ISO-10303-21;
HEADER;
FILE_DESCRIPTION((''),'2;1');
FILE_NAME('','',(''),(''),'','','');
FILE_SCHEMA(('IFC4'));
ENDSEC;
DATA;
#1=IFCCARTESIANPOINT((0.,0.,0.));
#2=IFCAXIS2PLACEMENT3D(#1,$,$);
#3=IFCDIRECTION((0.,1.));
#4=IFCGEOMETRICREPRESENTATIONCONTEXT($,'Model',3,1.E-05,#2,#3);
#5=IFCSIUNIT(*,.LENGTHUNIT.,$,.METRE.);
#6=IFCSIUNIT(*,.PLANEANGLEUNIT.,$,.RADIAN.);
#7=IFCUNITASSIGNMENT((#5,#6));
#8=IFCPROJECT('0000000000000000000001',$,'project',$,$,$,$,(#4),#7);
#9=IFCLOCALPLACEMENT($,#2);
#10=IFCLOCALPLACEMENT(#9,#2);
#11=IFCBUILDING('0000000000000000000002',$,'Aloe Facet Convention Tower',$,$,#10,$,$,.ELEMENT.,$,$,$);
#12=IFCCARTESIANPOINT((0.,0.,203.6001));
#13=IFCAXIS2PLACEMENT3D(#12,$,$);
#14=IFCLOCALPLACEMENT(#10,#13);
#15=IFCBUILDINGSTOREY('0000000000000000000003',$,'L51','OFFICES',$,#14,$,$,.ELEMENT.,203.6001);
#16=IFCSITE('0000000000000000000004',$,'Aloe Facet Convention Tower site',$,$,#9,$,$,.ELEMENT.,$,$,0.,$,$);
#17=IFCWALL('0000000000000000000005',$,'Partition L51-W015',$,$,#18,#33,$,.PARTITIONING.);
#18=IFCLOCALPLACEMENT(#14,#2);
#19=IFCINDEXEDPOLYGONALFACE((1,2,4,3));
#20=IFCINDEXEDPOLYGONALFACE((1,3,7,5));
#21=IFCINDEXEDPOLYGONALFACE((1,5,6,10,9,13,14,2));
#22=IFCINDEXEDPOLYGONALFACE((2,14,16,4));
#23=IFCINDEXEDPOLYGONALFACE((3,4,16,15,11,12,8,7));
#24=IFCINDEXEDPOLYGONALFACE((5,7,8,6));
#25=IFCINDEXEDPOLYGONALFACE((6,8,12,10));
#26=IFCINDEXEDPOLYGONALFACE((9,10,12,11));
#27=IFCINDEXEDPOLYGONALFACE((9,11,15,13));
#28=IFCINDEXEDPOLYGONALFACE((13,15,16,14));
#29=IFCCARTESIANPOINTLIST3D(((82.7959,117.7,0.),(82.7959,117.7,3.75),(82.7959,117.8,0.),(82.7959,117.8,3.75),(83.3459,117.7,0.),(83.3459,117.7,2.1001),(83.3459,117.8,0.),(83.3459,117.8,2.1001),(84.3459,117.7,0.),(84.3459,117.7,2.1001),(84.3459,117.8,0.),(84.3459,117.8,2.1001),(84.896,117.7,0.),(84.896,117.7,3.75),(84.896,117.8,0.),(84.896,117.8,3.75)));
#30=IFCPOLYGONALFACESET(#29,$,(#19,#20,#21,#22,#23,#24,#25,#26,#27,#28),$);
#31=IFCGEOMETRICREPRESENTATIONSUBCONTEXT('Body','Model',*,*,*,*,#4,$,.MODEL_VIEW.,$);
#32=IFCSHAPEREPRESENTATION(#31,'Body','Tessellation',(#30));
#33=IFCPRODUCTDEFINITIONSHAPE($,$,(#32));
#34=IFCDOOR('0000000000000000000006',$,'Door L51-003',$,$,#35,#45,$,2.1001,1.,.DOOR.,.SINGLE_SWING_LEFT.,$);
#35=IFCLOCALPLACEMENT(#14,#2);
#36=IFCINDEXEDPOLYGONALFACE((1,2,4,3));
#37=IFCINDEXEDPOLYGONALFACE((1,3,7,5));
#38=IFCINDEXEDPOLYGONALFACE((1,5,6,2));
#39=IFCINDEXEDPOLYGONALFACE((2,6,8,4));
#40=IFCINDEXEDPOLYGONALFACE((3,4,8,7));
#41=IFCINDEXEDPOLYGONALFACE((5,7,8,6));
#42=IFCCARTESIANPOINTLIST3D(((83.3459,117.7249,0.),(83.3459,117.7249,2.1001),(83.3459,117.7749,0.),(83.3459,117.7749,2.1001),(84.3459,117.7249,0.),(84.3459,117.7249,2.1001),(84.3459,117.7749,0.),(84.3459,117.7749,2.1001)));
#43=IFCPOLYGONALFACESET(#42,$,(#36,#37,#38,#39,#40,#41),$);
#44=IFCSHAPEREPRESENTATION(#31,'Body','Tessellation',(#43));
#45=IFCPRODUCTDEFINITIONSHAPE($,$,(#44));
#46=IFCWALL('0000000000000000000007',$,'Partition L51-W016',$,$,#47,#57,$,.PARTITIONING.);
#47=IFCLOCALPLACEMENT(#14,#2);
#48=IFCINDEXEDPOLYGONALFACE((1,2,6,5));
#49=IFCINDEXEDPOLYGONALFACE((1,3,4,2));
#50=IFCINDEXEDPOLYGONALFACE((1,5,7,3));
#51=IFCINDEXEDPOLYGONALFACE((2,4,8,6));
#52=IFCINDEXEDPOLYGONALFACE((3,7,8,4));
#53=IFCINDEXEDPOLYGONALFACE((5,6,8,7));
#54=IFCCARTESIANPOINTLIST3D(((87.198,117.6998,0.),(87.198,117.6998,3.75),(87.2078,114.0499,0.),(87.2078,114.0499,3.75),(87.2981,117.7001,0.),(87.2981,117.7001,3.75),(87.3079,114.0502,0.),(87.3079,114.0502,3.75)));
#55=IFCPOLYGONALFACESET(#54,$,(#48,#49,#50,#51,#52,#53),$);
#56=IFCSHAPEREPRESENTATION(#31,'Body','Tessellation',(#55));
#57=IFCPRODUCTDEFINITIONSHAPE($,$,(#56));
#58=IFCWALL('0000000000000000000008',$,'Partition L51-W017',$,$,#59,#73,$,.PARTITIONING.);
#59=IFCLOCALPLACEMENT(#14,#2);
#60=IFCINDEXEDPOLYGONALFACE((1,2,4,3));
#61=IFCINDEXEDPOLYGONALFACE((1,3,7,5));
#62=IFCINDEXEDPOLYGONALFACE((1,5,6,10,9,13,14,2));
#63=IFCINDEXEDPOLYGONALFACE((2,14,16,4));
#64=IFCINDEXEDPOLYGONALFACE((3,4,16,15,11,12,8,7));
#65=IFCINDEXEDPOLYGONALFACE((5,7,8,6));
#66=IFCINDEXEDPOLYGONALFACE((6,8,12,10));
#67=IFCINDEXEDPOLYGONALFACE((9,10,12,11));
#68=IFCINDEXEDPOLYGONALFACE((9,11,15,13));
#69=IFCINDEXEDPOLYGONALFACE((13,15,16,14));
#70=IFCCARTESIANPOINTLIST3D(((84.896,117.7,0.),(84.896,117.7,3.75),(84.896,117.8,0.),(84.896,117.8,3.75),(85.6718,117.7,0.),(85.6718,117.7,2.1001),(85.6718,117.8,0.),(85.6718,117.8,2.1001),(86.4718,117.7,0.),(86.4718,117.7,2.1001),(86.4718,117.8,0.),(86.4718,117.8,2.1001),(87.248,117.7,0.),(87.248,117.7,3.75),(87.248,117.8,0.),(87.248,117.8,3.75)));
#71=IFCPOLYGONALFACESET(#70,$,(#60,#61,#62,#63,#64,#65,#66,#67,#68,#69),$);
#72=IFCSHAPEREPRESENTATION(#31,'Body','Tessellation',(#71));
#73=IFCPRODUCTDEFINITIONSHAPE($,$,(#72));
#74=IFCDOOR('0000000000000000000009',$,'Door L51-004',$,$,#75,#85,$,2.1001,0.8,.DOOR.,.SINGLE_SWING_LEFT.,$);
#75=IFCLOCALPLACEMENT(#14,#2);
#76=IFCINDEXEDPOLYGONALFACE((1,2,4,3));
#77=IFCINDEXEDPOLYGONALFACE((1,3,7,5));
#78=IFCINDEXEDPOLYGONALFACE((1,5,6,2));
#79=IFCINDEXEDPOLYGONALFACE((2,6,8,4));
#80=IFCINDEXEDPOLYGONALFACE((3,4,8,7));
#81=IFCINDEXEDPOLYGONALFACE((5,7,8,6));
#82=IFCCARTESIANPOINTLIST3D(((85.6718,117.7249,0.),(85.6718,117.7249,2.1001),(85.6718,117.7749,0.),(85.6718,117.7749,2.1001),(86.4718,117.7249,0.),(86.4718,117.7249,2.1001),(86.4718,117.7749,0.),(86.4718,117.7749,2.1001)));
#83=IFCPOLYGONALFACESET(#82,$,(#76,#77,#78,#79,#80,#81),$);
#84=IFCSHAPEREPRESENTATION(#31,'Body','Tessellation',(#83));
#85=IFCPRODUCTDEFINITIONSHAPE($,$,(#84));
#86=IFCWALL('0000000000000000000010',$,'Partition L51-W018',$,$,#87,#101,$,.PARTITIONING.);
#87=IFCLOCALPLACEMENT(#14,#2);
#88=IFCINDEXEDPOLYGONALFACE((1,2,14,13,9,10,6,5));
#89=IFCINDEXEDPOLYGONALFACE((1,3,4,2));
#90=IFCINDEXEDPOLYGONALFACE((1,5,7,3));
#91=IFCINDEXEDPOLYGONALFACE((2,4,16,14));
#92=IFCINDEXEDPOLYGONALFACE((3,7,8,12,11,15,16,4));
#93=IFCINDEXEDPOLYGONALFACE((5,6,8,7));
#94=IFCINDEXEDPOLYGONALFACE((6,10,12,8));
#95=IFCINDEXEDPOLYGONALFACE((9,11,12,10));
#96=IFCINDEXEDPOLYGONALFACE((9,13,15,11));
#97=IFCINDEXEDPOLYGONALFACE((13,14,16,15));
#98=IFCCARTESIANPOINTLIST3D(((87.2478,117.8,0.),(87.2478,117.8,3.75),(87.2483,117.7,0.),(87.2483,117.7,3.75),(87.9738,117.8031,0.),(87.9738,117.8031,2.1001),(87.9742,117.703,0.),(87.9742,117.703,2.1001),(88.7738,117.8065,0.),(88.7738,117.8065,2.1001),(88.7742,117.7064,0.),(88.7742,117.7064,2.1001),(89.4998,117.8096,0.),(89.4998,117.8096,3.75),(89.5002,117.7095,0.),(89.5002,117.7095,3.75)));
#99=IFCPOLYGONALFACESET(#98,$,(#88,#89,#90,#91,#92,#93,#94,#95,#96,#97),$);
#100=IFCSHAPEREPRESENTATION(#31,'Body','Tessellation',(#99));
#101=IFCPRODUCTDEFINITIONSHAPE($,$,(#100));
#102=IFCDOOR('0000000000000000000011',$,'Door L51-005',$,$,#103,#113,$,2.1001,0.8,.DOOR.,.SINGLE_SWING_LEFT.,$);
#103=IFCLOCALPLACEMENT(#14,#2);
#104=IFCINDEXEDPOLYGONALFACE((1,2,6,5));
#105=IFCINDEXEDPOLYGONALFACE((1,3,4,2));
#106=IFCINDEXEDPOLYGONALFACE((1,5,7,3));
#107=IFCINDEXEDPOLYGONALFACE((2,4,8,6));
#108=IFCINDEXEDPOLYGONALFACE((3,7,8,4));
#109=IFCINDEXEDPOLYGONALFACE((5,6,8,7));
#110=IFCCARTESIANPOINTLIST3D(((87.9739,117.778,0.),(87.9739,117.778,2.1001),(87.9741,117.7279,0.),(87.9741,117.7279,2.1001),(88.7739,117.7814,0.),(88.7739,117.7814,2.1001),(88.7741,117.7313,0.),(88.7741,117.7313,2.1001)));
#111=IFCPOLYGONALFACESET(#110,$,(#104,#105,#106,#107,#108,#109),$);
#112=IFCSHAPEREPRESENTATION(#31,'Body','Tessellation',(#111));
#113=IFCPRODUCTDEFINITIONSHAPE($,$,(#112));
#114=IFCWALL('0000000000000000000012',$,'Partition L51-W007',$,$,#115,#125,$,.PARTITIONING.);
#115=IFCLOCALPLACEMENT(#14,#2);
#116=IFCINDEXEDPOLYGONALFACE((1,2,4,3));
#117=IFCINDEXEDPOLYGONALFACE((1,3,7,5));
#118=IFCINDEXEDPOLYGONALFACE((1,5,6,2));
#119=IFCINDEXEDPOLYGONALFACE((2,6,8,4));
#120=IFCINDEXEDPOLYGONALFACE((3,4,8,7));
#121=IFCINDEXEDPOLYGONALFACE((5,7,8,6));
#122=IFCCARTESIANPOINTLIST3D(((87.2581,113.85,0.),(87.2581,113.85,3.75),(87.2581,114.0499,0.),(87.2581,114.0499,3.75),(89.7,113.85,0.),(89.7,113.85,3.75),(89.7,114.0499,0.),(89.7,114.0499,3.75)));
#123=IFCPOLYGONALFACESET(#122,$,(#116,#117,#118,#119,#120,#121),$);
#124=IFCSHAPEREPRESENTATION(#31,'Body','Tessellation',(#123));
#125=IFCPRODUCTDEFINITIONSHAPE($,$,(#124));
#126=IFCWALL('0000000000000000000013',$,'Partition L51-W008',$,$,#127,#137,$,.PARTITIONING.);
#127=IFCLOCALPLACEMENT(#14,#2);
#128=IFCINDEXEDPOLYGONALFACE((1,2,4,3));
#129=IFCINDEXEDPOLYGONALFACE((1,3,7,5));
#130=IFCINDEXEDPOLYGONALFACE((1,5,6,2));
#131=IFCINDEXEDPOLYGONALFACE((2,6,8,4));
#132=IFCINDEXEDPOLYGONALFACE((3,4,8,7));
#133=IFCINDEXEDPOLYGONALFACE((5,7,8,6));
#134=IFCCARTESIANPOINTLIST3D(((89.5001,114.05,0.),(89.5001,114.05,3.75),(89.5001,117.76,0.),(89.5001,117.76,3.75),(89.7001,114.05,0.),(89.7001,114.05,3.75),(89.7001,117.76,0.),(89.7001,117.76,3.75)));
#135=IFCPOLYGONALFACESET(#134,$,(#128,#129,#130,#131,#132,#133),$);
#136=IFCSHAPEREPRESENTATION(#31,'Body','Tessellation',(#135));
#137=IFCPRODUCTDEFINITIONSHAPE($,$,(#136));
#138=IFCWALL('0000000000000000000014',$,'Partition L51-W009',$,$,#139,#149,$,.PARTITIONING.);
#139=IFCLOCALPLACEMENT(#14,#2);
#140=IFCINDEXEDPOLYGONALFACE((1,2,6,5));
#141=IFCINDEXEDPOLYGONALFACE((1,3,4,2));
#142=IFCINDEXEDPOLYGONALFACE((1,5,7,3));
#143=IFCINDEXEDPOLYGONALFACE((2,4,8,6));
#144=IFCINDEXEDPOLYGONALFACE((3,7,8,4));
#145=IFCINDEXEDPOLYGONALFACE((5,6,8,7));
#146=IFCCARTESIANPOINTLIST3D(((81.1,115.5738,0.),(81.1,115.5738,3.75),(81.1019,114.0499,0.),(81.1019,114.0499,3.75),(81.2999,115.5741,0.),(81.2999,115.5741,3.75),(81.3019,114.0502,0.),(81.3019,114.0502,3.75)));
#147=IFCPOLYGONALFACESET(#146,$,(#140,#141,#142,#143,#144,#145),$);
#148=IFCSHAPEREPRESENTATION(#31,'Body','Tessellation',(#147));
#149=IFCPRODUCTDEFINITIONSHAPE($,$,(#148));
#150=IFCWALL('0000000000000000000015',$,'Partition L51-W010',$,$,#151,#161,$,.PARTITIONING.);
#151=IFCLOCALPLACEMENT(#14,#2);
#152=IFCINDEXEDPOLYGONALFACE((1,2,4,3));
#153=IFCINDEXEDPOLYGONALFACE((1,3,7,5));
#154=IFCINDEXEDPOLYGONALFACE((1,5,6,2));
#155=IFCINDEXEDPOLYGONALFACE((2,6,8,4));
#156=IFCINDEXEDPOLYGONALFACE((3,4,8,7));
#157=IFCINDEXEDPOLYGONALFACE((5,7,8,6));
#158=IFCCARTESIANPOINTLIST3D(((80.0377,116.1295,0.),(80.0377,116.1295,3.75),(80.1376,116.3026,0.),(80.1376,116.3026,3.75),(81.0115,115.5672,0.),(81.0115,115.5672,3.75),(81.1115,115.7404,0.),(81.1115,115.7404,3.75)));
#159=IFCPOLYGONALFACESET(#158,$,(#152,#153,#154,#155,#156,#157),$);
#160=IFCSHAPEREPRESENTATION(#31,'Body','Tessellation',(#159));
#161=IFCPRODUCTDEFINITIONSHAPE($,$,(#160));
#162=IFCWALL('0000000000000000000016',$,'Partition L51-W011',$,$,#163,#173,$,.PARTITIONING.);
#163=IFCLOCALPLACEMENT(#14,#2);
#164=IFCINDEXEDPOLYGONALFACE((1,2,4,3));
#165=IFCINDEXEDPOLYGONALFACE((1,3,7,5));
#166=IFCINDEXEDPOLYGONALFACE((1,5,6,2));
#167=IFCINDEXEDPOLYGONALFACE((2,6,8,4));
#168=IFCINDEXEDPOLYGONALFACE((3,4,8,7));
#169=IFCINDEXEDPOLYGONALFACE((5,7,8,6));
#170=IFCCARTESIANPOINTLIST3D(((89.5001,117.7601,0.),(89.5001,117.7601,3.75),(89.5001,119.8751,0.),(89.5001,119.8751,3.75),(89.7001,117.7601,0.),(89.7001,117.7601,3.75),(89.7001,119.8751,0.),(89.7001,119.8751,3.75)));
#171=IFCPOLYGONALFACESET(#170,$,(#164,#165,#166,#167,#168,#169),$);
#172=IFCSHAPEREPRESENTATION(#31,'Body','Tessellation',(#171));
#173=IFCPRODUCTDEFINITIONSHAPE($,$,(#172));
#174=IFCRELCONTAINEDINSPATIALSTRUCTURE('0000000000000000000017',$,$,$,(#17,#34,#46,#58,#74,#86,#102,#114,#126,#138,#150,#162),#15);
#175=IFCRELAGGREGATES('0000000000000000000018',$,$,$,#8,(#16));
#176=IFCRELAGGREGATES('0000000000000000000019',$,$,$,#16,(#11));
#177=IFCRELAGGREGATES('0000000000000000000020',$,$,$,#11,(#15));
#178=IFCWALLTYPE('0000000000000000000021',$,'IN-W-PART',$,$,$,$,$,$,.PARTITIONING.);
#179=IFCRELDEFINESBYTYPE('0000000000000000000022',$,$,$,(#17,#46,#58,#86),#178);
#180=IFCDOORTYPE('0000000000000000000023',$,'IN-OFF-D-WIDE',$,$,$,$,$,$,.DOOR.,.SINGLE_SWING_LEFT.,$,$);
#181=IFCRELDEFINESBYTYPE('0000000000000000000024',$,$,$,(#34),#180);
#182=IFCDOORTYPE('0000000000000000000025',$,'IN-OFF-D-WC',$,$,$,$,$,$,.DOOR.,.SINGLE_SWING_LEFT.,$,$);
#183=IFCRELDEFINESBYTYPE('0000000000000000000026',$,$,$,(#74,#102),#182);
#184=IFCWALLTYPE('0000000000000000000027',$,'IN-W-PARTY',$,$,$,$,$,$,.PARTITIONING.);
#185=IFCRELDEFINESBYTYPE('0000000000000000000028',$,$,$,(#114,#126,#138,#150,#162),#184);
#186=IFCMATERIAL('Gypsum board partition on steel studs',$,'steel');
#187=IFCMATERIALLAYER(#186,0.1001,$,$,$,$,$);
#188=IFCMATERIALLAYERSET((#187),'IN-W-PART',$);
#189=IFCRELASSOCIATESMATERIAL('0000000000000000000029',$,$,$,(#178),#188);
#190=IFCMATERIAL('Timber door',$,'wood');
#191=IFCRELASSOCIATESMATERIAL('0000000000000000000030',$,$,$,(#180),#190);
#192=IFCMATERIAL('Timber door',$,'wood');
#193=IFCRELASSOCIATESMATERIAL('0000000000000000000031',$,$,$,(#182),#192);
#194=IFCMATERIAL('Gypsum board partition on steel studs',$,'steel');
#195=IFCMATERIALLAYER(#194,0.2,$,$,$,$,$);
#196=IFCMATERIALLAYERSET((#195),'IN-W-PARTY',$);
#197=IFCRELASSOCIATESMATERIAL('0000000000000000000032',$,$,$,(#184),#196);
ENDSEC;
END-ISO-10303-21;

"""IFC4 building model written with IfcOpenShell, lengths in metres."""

from ifc_helpers import new_model, si_unit, direction, frame, frame_2d, origin, place, context, subcontext, project, spatial, rectangle, extrude, material, layer, layer_set, type_object, element, fill, save


model = new_model("IFC4")

# Units and contexts
model_context = context("Model", 3, precision=1e-05, world=origin(), true_north=direction((0.0, 1.0)))
body_context = subcontext(model_context, "Body", "Model", "MODEL_VIEW")
ifc_project = project(units=[si_unit("LENGTHUNIT", "METRE"), si_unit("PLANEANGLEUNIT", "RADIAN")], contexts=[model_context])

# Site, building, storey
site_placement = place(None, origin())
site = spatial("IfcSite", under=ifc_project, at=site_placement, Name="Aloe Facet Convention Tower site", CompositionType="ELEMENT", RefElevation=0.0)
building_placement = place(site_placement, origin())
building = spatial("IfcBuilding", under=site, at=building_placement, Name="Aloe Facet Convention Tower", CompositionType="ELEMENT")
storey_placement = place(building_placement, frame((0.0, 0.0, 203.6001)))
storey = spatial("IfcBuildingStorey", under=building, at=storey_placement, Name="L51", Description="OFFICES", CompositionType="ELEMENT", Elevation=203.6001)

# Shared definitions
ifc_material_1 = material(Name="Gypsum board partition on steel studs", Category="steel")
ifc_layer_1 = layer(ifc_material_1, 0.1001)
ifc_layer_set_1 = layer_set([ifc_layer_1], Name="IN-W-PART")
wall_type_1 = type_object("IfcWallType", Name="IN-W-PART", PredefinedType="PARTITIONING", material=ifc_layer_set_1)

# Wall, opening, door
wall_1_placement = place(storey_placement, frame((82.7959, 117.75, 0.0), z_axis=(0.0, 0.0, 1.0), x_axis=(1.0, 0.0, 0.0)))
wall_1 = element("IfcWall", 1, at=wall_1_placement, inside=storey, type_object=wall_type_1, Name="Partition L51-W015", PredefinedType="PARTITIONING", context=body_context, shape_type="SweptSolid", body=[
    extrude(rectangle(XDim=2.1001, YDim=0.1001, at=frame_2d((1.05, 0.0))), origin(), (0.0, 0.0, 1.0), 3.75),
])
opening_1_placement = place(wall_1_placement, frame((0.55, 0.0, 0.0)))
opening_1 = element("IfcOpeningElement", 2, at=opening_1_placement, cuts=wall_1, PredefinedType="OPENING", context=body_context, shape_type="SweptSolid", body=[
    extrude(rectangle(XDim=1.0, YDim=2.1001, at=frame_2d((0.5, 1.05))), frame((0.0, 0.0601, 0.0), z_axis=(0.0, -1.0, 0.0), x_axis=(1.0, 0.0, 0.0)), (0.0, 0.0, 1.0), 0.1201),
])
ifc_material_2 = material(Name="Timber door", Category="wood")
door_type_1 = type_object("IfcDoorType", Name="IN-OFF-D-WIDE", OperationType="SINGLE_SWING_LEFT", PredefinedType="DOOR", material=ifc_material_2)
door_1_placement = place(opening_1_placement, origin())
door_1 = element("IfcDoor", 3, at=door_1_placement, inside=storey, type_object=door_type_1, Name="Door L51-003", OperationType="SINGLE_SWING_LEFT", OverallHeight=2.1001, OverallWidth=1.0, PredefinedType="DOOR", context=body_context, shape_type="SweptSolid", body=[
    extrude(rectangle(XDim=1.0, YDim=2.1001, at=frame_2d((0.5, 1.05))), frame((0.0, 0.0249, 0.0), z_axis=(0.0, -1.0, 0.0), x_axis=(1.0, 0.0, 0.0)), (0.0, 0.0, 1.0), 0.05),
])
fill(opening_1, door_1)

# Wall
wall_2_placement = place(storey_placement, frame((87.2578, 114.05, 0.0), z_axis=(0.0, 0.0, 1.0), x_axis=(-0.002676, 0.999996, 0.0)))
element("IfcWall", 4, at=wall_2_placement, inside=storey, type_object=wall_type_1, Name="Partition L51-W016", PredefinedType="PARTITIONING", context=body_context, shape_type="SweptSolid", body=[
    extrude(rectangle(XDim=3.6499, YDim=0.1001, at=frame_2d((1.825, 0.0))), origin(), (0.0, 0.0, 1.0), 3.75),
])

# Walls, openings, doors
wall_3_placement = place(storey_placement, frame((84.896, 117.75, 0.0), z_axis=(0.0, 0.0, 1.0), x_axis=(1.0, 0.0, 0.0)))
wall_3 = element("IfcWall", 5, at=wall_3_placement, inside=storey, type_object=wall_type_1, Name="Partition L51-W017", PredefinedType="PARTITIONING", context=body_context, shape_type="SweptSolid", body=[
    extrude(rectangle(XDim=2.3521, YDim=0.1001, at=frame_2d((1.176, 0.0))), origin(), (0.0, 0.0, 1.0), 3.75),
])
opening_2_placement = place(wall_3_placement, frame((0.7759, 0.0, 0.0)))
opening_2 = element("IfcOpeningElement", 6, at=opening_2_placement, cuts=wall_3, PredefinedType="OPENING", context=body_context, shape_type="SweptSolid", body=[
    extrude(rectangle(XDim=0.8, YDim=2.1001, at=frame_2d((0.3999, 1.05))), frame((0.0, 0.0601, 0.0), z_axis=(0.0, -1.0, 0.0), x_axis=(1.0, 0.0, 0.0)), (0.0, 0.0, 1.0), 0.1201),
])
ifc_material_3 = material(Name="Timber door", Category="wood")
door_type_2 = type_object("IfcDoorType", Name="IN-OFF-D-WC", OperationType="SINGLE_SWING_LEFT", PredefinedType="DOOR", material=ifc_material_3)
door_2_placement = place(opening_2_placement, origin())
door_2 = element("IfcDoor", 7, at=door_2_placement, inside=storey, type_object=door_type_2, Name="Door L51-004", OperationType="SINGLE_SWING_LEFT", OverallHeight=2.1001, OverallWidth=0.8, PredefinedType="DOOR", context=body_context, shape_type="SweptSolid", body=[
    extrude(rectangle(XDim=0.8, YDim=2.1001, at=frame_2d((0.3999, 1.05))), frame((0.0, 0.0249, 0.0), z_axis=(0.0, -1.0, 0.0), x_axis=(1.0, 0.0, 0.0)), (0.0, 0.0, 1.0), 0.05),
])
fill(opening_2, door_2)
wall_4_placement = place(storey_placement, frame((87.248, 117.75, 0.0), z_axis=(0.0, 0.0, 1.0), x_axis=(0.999991, 0.004228, 0.0)))
wall_4 = element("IfcWall", 8, at=wall_4_placement, inside=storey, type_object=wall_type_1, Name="Partition L51-W018", PredefinedType="PARTITIONING", context=body_context, shape_type="SweptSolid", body=[
    extrude(rectangle(XDim=2.252, YDim=0.1001, at=frame_2d((1.126, 0.0))), origin(), (0.0, 0.0, 1.0), 3.75),
])
opening_3_placement = place(wall_4_placement, frame((0.7261, 0.0, 0.0)))
opening_3 = element("IfcOpeningElement", 9, at=opening_3_placement, cuts=wall_4, PredefinedType="OPENING", context=body_context, shape_type="SweptSolid", body=[
    extrude(rectangle(XDim=0.8, YDim=2.1001, at=frame_2d((0.3999, 1.05))), frame((0.0, 0.0601, 0.0), z_axis=(0.0, -1.0, 0.0), x_axis=(1.0, 0.0, 0.0)), (0.0, 0.0, 1.0), 0.1201),
])
door_3_placement = place(opening_3_placement, origin())
door_3 = element("IfcDoor", 10, at=door_3_placement, inside=storey, type_object=door_type_2, Name="Door L51-005", OperationType="SINGLE_SWING_LEFT", OverallHeight=2.1001, OverallWidth=0.8, PredefinedType="DOOR", context=body_context, shape_type="SweptSolid", body=[
    extrude(rectangle(XDim=0.8, YDim=2.1001, at=frame_2d((0.3999, 1.05))), frame((0.0, 0.0249, 0.0), z_axis=(0.0, -1.0, 0.0), x_axis=(1.0, 0.0, 0.0)), (0.0, 0.0, 1.0), 0.05),
])
fill(opening_3, door_3)

# Walls
ifc_material_4 = material(Name="Gypsum board partition on steel studs", Category="steel")
ifc_layer_2 = layer(ifc_material_4, 0.2)
ifc_layer_set_2 = layer_set([ifc_layer_2], Name="IN-W-PARTY")
wall_type_2 = type_object("IfcWallType", Name="IN-W-PARTY", PredefinedType="PARTITIONING", material=ifc_layer_set_2)
wall_5_placement = place(storey_placement, frame((87.2581, 113.95, 0.0), z_axis=(0.0, 0.0, 1.0), x_axis=(1.0, 0.0, 0.0)))
element("IfcWall", 11, at=wall_5_placement, inside=storey, type_object=wall_type_2, Name="Partition L51-W007", PredefinedType="PARTITIONING", context=body_context, shape_type="SweptSolid", body=[
    extrude(rectangle(XDim=2.4419, YDim=0.2, at=frame_2d((1.2209, 0.0))), origin(), (0.0, 0.0, 1.0), 3.75),
])
wall_6_placement = place(storey_placement, frame((89.6001, 114.05, 0.0), z_axis=(0.0, 0.0, 1.0), x_axis=(0.0, 1.0, 0.0)))
element("IfcWall", 12, at=wall_6_placement, inside=storey, type_object=wall_type_2, Name="Partition L51-W008", PredefinedType="PARTITIONING", context=body_context, shape_type="SweptSolid", body=[
    extrude(rectangle(XDim=3.71, YDim=0.2, at=frame_2d((1.855, 0.0))), origin(), (0.0, 0.0, 1.0), 3.75),
])
wall_7_placement = place(storey_placement, frame((81.2019, 114.05, 0.0), z_axis=(0.0, 0.0, 1.0), x_axis=(-0.001282, 0.999999, 0.0)))
element("IfcWall", 13, at=wall_7_placement, inside=storey, type_object=wall_type_2, Name="Partition L51-W009", PredefinedType="PARTITIONING", context=body_context, shape_type="SweptSolid", body=[
    extrude(rectangle(XDim=1.5239, YDim=0.2, at=frame_2d((0.762, 0.0))), origin(), (0.0, 0.0, 1.0), 3.75),
])
wall_8_placement = place(storey_placement, frame((80.0876, 116.2161, 0.0), z_axis=(0.0, 0.0, 1.0), x_axis=(0.86603, -0.499992, 0.0)))
element("IfcWall", 14, at=wall_8_placement, inside=storey, type_object=wall_type_2, Name="Partition L51-W010", PredefinedType="PARTITIONING", context=body_context, shape_type="SweptSolid", body=[
    extrude(rectangle(XDim=1.1245, YDim=0.2, at=frame_2d((0.5623, 0.0))), origin(), (0.0, 0.0, 1.0), 3.75),
])
wall_9_placement = place(storey_placement, frame((89.6001, 117.76, 0.0), z_axis=(0.0, 0.0, 1.0), x_axis=(0.0, 1.0, 0.0)))
element("IfcWall", 15, at=wall_9_placement, inside=storey, type_object=wall_type_2, Name="Partition L51-W011", PredefinedType="PARTITIONING", context=body_context, shape_type="SweptSolid", body=[
    extrude(rectangle(XDim=2.115, YDim=0.2, at=frame_2d((1.0576, 0.0))), origin(), (0.0, 0.0, 1.0), 3.75),
])

save(model, "model.ifc")
